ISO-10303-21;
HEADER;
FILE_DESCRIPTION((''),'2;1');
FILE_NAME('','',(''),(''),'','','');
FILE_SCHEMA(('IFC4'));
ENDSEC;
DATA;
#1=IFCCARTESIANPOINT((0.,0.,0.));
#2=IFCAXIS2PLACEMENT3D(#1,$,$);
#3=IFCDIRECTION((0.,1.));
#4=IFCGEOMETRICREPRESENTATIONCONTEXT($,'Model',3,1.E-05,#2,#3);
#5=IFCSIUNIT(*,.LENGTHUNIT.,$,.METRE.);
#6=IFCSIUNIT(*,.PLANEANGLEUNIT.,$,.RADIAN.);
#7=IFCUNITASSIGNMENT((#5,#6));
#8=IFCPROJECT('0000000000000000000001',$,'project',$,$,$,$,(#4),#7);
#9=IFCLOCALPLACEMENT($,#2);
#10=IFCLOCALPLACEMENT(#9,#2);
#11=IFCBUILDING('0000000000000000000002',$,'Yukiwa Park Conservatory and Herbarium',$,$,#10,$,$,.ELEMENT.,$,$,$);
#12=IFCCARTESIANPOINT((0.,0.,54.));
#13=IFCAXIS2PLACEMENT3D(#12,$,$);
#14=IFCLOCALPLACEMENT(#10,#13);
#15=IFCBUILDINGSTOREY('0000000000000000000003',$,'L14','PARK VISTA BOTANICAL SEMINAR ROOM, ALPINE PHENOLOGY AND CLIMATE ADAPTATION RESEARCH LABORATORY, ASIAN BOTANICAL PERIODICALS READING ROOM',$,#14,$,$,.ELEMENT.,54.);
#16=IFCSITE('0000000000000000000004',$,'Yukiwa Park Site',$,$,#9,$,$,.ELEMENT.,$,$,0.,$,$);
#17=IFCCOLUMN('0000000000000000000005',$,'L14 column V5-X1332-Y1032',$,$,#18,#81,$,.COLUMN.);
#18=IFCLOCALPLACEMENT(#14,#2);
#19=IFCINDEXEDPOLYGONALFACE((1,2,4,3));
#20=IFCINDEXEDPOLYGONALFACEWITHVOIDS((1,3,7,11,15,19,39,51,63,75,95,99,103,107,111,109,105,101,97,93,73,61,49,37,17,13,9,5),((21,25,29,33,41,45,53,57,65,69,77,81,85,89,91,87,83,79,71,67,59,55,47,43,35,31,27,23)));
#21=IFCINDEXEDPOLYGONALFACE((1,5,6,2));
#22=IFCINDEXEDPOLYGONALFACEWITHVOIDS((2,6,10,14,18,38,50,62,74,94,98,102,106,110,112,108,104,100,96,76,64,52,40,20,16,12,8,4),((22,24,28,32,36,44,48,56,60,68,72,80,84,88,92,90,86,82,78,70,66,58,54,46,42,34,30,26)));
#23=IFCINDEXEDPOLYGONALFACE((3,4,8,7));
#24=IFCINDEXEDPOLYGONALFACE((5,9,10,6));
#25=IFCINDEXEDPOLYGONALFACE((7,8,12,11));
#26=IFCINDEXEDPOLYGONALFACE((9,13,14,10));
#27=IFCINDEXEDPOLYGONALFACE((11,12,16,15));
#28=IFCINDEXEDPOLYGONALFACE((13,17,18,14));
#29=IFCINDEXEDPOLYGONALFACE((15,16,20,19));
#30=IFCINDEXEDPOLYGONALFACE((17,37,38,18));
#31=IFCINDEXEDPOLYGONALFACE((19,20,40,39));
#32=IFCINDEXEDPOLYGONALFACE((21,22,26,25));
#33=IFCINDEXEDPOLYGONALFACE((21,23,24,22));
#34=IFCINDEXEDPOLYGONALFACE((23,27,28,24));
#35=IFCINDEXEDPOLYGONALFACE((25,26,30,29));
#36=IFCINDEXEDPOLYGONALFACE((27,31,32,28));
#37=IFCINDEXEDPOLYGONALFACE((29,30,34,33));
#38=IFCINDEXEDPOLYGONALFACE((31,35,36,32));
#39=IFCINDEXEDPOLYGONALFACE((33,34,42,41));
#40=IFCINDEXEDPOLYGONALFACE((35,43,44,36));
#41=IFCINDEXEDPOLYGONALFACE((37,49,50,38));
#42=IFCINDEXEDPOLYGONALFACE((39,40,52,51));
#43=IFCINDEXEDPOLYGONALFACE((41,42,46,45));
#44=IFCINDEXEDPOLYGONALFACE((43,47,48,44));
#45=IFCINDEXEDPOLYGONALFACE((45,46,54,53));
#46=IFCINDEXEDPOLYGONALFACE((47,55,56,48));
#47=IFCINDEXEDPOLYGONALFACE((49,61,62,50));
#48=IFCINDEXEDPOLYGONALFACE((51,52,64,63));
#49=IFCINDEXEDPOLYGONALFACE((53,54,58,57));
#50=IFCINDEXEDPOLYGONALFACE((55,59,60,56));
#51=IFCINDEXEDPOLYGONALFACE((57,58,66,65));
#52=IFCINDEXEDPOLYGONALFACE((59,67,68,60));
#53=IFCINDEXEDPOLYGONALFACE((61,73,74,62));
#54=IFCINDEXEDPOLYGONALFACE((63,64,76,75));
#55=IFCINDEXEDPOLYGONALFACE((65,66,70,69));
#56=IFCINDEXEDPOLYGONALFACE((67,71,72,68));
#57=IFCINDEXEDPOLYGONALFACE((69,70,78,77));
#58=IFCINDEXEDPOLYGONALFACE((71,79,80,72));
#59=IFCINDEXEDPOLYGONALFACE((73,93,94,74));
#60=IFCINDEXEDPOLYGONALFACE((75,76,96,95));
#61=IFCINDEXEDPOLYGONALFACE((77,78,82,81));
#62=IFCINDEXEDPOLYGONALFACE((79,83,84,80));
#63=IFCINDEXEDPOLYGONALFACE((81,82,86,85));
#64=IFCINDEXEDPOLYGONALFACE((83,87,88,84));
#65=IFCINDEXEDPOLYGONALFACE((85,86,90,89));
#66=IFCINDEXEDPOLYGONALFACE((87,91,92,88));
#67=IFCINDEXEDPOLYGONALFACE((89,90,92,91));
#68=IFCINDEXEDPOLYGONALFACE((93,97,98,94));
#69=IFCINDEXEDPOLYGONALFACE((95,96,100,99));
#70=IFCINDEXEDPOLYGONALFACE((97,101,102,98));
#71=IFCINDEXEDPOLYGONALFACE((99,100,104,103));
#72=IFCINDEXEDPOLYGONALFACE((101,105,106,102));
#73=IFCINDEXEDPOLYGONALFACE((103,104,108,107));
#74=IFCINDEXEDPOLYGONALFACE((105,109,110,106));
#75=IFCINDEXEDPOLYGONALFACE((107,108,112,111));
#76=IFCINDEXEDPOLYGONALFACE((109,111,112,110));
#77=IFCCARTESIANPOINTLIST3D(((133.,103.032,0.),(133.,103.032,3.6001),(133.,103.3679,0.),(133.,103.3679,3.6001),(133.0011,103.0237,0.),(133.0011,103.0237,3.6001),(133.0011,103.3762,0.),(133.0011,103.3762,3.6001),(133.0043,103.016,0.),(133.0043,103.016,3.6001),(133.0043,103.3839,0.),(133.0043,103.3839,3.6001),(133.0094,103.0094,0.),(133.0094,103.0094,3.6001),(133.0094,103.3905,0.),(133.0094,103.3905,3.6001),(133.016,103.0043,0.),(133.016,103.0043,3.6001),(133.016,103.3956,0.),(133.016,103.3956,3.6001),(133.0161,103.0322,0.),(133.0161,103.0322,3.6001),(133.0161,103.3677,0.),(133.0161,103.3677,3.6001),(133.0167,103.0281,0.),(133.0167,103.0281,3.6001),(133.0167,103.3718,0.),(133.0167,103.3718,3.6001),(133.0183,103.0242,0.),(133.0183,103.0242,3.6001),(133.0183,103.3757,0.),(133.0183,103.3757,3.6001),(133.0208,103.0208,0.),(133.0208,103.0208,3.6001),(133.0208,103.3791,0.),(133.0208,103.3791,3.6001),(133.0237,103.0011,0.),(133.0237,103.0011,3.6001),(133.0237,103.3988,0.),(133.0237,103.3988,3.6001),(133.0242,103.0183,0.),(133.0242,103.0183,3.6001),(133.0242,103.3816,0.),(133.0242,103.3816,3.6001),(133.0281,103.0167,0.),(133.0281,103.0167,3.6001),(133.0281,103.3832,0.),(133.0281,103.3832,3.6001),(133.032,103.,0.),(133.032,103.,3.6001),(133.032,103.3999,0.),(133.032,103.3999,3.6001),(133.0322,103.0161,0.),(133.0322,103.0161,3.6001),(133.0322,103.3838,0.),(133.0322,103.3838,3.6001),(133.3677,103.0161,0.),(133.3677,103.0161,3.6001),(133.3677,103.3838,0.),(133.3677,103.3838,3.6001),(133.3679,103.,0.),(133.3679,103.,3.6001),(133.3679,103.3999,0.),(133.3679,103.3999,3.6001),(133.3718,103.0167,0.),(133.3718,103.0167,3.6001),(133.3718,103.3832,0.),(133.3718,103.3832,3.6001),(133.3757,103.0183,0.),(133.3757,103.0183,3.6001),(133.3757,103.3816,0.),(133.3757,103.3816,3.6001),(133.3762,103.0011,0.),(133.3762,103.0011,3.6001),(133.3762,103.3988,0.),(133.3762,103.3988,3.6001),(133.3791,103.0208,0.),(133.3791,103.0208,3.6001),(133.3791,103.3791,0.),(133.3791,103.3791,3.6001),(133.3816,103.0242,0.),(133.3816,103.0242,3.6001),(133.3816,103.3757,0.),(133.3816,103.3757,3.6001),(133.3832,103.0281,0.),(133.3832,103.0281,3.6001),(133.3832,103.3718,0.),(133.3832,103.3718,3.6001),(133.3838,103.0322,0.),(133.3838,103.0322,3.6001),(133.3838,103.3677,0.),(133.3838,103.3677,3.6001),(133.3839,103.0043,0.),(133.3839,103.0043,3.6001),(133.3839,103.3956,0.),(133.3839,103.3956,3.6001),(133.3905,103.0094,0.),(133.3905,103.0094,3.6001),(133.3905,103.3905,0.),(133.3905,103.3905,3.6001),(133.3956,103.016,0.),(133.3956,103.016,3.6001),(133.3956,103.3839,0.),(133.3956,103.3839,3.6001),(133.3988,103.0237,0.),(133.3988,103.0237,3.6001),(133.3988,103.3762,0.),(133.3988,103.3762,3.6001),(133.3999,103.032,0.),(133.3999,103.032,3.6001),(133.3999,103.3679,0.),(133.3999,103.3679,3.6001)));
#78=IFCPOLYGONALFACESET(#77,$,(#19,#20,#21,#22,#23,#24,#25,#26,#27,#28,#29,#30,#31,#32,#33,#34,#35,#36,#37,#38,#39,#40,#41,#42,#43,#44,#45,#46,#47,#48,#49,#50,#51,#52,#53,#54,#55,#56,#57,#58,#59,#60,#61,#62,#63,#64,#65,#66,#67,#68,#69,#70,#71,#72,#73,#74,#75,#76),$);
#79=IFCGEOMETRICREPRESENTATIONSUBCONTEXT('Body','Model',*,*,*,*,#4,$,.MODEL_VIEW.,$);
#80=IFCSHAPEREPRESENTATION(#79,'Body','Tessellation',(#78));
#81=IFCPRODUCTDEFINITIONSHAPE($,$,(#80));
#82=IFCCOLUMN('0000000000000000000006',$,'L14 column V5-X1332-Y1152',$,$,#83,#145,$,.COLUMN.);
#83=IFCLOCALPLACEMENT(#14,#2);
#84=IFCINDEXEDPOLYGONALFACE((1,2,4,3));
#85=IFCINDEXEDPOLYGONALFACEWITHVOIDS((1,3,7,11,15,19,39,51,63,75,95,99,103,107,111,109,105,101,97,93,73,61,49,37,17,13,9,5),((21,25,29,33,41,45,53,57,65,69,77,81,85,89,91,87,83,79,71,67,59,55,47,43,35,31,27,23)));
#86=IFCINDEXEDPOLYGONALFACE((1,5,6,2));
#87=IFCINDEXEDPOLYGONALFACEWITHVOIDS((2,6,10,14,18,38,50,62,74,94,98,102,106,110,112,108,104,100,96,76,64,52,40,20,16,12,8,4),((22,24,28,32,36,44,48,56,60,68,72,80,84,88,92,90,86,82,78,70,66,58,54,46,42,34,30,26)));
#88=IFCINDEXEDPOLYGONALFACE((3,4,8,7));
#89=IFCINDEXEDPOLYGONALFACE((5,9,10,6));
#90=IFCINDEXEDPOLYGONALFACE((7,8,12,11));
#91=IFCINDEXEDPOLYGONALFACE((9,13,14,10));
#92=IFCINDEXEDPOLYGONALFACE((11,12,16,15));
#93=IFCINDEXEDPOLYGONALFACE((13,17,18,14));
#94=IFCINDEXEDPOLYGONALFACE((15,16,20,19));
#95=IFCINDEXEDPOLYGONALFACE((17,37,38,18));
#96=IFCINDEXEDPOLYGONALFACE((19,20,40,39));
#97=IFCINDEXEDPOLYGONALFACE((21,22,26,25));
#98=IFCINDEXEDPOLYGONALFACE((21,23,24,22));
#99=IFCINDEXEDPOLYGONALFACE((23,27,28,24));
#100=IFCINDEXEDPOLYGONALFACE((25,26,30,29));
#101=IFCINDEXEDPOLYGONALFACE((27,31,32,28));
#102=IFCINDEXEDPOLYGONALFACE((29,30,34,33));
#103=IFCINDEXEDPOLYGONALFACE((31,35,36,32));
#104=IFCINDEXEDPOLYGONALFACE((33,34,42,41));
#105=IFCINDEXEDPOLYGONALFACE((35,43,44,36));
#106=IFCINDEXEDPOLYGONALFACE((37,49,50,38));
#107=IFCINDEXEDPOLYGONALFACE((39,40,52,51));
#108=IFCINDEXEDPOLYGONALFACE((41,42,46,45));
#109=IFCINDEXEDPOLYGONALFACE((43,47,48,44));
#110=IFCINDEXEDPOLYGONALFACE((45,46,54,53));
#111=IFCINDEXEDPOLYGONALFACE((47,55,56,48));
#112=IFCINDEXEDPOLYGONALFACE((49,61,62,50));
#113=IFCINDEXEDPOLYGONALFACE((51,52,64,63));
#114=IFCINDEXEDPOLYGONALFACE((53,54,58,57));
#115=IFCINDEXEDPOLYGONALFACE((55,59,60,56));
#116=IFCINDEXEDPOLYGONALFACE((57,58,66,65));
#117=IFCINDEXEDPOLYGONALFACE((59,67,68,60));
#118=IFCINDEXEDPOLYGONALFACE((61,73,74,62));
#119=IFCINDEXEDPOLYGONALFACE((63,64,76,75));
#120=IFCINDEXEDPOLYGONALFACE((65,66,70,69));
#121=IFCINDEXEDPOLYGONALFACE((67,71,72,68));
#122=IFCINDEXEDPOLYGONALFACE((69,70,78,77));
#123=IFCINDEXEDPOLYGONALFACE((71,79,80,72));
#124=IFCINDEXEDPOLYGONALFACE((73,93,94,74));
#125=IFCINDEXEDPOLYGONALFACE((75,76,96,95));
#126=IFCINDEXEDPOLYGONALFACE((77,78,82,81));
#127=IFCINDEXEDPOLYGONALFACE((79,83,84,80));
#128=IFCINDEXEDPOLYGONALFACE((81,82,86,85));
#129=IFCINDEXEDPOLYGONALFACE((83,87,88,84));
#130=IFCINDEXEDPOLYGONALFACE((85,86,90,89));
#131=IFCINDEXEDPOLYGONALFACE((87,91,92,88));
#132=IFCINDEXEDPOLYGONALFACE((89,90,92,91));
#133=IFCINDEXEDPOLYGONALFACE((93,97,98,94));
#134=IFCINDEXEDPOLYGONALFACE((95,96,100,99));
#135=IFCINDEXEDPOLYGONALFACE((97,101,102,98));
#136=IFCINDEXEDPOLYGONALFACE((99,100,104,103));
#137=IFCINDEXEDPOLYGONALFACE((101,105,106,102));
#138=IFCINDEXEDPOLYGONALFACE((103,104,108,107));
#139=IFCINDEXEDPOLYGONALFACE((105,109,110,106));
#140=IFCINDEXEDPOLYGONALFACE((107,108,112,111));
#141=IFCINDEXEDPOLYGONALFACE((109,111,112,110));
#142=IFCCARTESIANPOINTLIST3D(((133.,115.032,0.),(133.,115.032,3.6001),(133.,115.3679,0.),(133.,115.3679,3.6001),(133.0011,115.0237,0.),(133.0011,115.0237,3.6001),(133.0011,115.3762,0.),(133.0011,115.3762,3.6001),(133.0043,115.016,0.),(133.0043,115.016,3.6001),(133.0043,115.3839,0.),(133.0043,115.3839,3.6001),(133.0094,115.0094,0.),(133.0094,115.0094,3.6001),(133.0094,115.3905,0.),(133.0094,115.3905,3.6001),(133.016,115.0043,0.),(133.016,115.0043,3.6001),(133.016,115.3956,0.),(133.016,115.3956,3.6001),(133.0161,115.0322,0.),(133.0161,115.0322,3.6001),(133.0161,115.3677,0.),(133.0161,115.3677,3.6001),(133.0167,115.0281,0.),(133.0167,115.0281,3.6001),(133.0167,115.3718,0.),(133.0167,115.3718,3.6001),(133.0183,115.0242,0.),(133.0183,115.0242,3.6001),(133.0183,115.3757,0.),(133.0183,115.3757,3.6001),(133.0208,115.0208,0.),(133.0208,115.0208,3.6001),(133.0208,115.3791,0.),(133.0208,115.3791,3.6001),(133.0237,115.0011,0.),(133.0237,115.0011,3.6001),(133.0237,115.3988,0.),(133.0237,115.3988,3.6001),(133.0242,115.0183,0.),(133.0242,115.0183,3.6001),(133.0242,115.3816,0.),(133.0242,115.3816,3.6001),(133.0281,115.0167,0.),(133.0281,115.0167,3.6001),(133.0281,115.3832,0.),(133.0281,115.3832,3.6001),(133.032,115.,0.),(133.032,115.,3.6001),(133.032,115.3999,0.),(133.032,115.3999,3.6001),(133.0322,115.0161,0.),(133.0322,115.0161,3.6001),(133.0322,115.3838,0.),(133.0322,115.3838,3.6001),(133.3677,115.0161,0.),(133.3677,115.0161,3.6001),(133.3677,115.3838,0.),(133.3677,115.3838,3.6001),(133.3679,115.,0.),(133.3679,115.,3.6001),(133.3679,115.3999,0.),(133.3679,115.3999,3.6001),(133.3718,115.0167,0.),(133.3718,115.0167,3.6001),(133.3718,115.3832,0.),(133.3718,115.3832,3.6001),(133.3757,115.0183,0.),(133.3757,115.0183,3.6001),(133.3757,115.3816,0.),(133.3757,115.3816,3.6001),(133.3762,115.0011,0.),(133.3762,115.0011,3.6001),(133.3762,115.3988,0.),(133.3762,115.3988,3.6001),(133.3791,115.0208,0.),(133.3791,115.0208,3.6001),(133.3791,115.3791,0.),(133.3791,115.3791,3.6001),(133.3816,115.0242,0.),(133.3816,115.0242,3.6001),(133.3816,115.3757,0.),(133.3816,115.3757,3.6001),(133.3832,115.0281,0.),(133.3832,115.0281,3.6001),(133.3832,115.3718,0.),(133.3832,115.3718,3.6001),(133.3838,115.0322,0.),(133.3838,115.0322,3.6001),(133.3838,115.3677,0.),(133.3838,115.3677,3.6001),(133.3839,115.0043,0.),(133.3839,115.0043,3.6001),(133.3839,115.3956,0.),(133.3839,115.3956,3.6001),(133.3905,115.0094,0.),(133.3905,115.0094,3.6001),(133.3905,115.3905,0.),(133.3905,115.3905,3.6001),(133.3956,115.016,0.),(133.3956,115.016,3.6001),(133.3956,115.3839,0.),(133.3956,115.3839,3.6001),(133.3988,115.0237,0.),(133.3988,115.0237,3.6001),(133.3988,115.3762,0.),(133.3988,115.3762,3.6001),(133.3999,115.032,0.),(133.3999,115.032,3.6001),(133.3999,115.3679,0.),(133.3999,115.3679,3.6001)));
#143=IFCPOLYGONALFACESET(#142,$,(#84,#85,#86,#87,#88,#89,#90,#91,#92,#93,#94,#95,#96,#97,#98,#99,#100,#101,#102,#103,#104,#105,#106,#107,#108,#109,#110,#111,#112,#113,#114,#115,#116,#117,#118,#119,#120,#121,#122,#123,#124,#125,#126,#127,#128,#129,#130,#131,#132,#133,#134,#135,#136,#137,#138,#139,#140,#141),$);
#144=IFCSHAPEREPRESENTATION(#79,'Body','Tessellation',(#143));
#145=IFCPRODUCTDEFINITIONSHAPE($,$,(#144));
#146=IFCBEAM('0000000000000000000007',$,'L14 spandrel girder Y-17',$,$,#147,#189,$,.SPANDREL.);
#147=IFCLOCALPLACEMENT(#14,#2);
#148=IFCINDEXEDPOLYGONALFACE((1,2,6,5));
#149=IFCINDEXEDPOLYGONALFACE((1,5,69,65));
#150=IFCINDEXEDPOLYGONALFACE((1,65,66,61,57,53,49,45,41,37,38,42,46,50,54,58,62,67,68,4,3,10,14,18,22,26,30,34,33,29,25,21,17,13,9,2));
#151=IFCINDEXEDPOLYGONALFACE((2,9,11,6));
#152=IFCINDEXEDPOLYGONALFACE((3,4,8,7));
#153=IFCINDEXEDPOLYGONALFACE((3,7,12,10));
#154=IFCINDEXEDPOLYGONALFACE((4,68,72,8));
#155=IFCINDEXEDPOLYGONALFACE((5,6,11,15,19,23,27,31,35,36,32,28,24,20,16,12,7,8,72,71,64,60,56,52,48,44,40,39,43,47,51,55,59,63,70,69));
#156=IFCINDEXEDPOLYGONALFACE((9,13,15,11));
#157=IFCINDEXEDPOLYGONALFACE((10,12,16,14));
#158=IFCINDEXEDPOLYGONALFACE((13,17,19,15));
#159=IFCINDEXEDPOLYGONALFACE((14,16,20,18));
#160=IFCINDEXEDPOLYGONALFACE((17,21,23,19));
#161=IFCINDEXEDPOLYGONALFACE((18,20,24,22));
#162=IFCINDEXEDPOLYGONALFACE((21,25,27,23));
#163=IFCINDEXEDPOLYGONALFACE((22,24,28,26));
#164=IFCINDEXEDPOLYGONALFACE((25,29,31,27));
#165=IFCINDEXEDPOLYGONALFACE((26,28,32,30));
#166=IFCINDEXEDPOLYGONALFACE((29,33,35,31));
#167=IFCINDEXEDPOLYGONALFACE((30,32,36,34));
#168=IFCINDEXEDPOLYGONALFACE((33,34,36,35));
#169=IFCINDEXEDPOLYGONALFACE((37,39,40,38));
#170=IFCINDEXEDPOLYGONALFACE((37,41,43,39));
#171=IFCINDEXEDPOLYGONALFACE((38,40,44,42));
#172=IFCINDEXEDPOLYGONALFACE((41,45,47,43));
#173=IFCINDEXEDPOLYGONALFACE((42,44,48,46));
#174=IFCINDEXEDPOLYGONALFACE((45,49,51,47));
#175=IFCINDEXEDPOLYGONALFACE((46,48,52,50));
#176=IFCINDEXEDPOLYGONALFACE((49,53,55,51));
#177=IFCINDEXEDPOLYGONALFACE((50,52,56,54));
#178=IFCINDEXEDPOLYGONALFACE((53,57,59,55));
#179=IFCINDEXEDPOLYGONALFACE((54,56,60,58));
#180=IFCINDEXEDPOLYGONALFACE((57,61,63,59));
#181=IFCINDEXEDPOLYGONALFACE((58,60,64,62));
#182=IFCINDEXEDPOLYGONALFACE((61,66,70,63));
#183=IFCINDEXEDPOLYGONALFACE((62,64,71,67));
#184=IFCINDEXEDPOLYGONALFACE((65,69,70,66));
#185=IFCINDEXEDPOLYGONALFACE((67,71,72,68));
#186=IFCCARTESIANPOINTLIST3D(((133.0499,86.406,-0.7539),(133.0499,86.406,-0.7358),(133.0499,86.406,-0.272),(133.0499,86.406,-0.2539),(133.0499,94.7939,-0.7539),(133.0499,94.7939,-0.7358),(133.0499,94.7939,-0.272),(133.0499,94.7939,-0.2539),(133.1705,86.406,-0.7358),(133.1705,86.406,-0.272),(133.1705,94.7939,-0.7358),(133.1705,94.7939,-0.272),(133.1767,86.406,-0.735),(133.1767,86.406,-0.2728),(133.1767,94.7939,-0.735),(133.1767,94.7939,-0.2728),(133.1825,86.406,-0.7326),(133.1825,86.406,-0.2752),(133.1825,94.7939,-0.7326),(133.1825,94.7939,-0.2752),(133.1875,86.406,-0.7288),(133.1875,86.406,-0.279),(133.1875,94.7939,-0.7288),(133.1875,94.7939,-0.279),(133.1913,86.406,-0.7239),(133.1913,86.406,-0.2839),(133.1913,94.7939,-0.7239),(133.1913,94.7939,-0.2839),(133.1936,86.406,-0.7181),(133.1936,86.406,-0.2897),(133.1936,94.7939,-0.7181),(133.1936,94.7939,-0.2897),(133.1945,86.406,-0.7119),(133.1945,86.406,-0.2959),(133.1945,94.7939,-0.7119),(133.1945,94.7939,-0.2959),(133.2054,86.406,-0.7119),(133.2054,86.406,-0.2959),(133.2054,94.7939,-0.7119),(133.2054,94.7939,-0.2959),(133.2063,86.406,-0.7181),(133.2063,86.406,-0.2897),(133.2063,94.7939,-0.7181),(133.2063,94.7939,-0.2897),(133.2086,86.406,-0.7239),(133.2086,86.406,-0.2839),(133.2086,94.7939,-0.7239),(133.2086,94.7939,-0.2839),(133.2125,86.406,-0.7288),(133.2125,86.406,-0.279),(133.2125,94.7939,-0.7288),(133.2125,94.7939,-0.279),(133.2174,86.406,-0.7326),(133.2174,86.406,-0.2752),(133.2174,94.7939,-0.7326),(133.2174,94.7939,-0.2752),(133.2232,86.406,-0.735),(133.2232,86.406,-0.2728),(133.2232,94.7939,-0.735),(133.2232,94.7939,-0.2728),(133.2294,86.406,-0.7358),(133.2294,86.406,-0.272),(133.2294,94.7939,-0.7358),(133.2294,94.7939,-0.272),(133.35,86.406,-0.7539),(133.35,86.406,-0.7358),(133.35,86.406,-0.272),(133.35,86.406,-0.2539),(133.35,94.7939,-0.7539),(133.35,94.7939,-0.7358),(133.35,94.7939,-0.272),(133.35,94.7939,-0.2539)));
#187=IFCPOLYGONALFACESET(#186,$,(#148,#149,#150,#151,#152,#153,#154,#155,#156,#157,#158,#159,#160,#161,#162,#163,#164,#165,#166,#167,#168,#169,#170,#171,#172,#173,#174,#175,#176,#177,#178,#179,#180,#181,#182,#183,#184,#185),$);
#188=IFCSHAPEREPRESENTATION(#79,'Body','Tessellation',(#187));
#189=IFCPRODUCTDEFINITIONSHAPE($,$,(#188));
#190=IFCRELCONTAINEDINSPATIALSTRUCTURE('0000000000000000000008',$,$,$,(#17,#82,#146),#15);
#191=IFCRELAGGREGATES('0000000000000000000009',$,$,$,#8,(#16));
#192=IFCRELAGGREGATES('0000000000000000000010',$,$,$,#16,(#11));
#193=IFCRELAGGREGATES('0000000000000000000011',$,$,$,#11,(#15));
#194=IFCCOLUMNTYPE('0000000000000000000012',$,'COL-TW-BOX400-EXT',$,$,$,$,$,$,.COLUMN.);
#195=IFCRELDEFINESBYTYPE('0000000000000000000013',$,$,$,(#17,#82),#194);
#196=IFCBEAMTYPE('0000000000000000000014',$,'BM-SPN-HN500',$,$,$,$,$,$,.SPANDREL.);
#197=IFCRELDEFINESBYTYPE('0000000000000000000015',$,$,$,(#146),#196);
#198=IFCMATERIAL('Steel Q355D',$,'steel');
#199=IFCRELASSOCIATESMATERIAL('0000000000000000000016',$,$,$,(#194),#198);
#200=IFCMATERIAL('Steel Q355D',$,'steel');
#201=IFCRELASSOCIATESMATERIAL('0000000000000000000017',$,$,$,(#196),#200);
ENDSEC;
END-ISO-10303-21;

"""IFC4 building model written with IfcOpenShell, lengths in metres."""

from ifc_helpers import new_model, si_unit, direction, frame, origin, origin_2d, place, context, subcontext, project, spatial, hollow_rectangle, i_section, extrude, material, material_profile, profile_set, type_object, element, save


model = new_model("IFC4")

# Units and contexts
model_context = context("Model", 3, precision=1e-05, world=origin(), true_north=direction((0.0, 1.0)))
body_context = subcontext(model_context, "Body", "Model", "MODEL_VIEW")
ifc_project = project(units=[si_unit("LENGTHUNIT", "METRE"), si_unit("PLANEANGLEUNIT", "RADIAN")], contexts=[model_context])

# Site, building, storey
site_placement = place(None, origin())
site = spatial("IfcSite", under=ifc_project, at=site_placement, Name="Yukiwa Park Site", CompositionType="ELEMENT", RefElevation=0.0)
building_placement = place(site_placement, origin())
building = spatial("IfcBuilding", under=site, at=building_placement, Name="Yukiwa Park Conservatory and Herbarium", CompositionType="ELEMENT")
storey_placement = place(building_placement, frame((0.0, 0.0, 54.0)))
storey = spatial("IfcBuildingStorey", under=building, at=storey_placement, Name="L14", Description="PARK VISTA BOTANICAL SEMINAR ROOM, ALPINE PHENOLOGY AND CLIMATE ADAPTATION RESEARCH LABORATORY, ASIAN BOTANICAL PERIODICALS READING ROOM", CompositionType="ELEMENT", Elevation=54.0)

# Columns
ifc_material_1 = material(Name="Steel Q355D", Category="steel")
ifc_material_profile_1 = material_profile(ifc_material_1, hollow_rectangle(XDim=0.3999, YDim=0.3999, WallThickness=0.0161, InnerFilletRadius=0.0161, OuterFilletRadius=0.032, at=origin_2d()), Name="BOX 400x400x16")
ifc_profile_set_1 = profile_set([ifc_material_profile_1], Name="Steel Q355D")
column_type = type_object("IfcColumnType", Name="COL-TW-BOX400-EXT", PredefinedType="COLUMN", material=ifc_profile_set_1)
for number, where, z_axis, x_axis, name in (
    (1, (133.2, 103.2, 0.0), (0.0, 0.0, 1.0), (1.0, 0.0, 0.0), "L14 column V5-X1332-Y1032"),
    (2, (133.2, 115.2, 0.0), (0.0, 0.0, 1.0), (1.0, 0.0, 0.0), "L14 column V5-X1332-Y1152"),
):
    element("IfcColumn", number, at=place(storey_placement, frame(where, z_axis=z_axis, x_axis=x_axis)), inside=storey, type_object=column_type, Name=name, PredefinedType="COLUMN", context=body_context, shape_type="SweptSolid", body=[
        extrude(hollow_rectangle(XDim=0.3999, YDim=0.3999, WallThickness=0.0161, InnerFilletRadius=0.0161, OuterFilletRadius=0.032, at=origin_2d()), origin(), (0.0, 0.0, 1.0), 3.6001),
    ])

# Beam
ifc_material_2 = material(Name="Steel Q355D", Category="steel")
ifc_material_profile_2 = material_profile(ifc_material_2, i_section(OverallWidth=0.3, OverallDepth=0.5, WebThickness=0.011, FlangeThickness=0.0181, FilletRadius=0.0239, at=origin_2d()), Name="HM 500x300x11x18")
ifc_profile_set_2 = profile_set([ifc_material_profile_2], Name="Steel Q355D")
beam_type_1 = type_object("IfcBeamType", Name="BM-SPN-HN500", PredefinedType="SPANDREL", material=ifc_profile_set_2)
beam_1_placement = place(storey_placement, frame((133.2, 86.406, -0.5039), z_axis=(0.0, 1.0, 0.0), x_axis=(-1.0, 0.0, 0.0)))
element("IfcBeam", 3, at=beam_1_placement, inside=storey, type_object=beam_type_1, Name="L14 spandrel girder Y-17", PredefinedType="SPANDREL", context=body_context, shape_type="SweptSolid", body=[
    extrude(i_section(OverallWidth=0.3, OverallDepth=0.5, WebThickness=0.011, FlangeThickness=0.0181, FilletRadius=0.0239, at=origin_2d()), origin(), (0.0, 0.0, 1.0), 8.3879),
])

save(model, "model.ifc")
